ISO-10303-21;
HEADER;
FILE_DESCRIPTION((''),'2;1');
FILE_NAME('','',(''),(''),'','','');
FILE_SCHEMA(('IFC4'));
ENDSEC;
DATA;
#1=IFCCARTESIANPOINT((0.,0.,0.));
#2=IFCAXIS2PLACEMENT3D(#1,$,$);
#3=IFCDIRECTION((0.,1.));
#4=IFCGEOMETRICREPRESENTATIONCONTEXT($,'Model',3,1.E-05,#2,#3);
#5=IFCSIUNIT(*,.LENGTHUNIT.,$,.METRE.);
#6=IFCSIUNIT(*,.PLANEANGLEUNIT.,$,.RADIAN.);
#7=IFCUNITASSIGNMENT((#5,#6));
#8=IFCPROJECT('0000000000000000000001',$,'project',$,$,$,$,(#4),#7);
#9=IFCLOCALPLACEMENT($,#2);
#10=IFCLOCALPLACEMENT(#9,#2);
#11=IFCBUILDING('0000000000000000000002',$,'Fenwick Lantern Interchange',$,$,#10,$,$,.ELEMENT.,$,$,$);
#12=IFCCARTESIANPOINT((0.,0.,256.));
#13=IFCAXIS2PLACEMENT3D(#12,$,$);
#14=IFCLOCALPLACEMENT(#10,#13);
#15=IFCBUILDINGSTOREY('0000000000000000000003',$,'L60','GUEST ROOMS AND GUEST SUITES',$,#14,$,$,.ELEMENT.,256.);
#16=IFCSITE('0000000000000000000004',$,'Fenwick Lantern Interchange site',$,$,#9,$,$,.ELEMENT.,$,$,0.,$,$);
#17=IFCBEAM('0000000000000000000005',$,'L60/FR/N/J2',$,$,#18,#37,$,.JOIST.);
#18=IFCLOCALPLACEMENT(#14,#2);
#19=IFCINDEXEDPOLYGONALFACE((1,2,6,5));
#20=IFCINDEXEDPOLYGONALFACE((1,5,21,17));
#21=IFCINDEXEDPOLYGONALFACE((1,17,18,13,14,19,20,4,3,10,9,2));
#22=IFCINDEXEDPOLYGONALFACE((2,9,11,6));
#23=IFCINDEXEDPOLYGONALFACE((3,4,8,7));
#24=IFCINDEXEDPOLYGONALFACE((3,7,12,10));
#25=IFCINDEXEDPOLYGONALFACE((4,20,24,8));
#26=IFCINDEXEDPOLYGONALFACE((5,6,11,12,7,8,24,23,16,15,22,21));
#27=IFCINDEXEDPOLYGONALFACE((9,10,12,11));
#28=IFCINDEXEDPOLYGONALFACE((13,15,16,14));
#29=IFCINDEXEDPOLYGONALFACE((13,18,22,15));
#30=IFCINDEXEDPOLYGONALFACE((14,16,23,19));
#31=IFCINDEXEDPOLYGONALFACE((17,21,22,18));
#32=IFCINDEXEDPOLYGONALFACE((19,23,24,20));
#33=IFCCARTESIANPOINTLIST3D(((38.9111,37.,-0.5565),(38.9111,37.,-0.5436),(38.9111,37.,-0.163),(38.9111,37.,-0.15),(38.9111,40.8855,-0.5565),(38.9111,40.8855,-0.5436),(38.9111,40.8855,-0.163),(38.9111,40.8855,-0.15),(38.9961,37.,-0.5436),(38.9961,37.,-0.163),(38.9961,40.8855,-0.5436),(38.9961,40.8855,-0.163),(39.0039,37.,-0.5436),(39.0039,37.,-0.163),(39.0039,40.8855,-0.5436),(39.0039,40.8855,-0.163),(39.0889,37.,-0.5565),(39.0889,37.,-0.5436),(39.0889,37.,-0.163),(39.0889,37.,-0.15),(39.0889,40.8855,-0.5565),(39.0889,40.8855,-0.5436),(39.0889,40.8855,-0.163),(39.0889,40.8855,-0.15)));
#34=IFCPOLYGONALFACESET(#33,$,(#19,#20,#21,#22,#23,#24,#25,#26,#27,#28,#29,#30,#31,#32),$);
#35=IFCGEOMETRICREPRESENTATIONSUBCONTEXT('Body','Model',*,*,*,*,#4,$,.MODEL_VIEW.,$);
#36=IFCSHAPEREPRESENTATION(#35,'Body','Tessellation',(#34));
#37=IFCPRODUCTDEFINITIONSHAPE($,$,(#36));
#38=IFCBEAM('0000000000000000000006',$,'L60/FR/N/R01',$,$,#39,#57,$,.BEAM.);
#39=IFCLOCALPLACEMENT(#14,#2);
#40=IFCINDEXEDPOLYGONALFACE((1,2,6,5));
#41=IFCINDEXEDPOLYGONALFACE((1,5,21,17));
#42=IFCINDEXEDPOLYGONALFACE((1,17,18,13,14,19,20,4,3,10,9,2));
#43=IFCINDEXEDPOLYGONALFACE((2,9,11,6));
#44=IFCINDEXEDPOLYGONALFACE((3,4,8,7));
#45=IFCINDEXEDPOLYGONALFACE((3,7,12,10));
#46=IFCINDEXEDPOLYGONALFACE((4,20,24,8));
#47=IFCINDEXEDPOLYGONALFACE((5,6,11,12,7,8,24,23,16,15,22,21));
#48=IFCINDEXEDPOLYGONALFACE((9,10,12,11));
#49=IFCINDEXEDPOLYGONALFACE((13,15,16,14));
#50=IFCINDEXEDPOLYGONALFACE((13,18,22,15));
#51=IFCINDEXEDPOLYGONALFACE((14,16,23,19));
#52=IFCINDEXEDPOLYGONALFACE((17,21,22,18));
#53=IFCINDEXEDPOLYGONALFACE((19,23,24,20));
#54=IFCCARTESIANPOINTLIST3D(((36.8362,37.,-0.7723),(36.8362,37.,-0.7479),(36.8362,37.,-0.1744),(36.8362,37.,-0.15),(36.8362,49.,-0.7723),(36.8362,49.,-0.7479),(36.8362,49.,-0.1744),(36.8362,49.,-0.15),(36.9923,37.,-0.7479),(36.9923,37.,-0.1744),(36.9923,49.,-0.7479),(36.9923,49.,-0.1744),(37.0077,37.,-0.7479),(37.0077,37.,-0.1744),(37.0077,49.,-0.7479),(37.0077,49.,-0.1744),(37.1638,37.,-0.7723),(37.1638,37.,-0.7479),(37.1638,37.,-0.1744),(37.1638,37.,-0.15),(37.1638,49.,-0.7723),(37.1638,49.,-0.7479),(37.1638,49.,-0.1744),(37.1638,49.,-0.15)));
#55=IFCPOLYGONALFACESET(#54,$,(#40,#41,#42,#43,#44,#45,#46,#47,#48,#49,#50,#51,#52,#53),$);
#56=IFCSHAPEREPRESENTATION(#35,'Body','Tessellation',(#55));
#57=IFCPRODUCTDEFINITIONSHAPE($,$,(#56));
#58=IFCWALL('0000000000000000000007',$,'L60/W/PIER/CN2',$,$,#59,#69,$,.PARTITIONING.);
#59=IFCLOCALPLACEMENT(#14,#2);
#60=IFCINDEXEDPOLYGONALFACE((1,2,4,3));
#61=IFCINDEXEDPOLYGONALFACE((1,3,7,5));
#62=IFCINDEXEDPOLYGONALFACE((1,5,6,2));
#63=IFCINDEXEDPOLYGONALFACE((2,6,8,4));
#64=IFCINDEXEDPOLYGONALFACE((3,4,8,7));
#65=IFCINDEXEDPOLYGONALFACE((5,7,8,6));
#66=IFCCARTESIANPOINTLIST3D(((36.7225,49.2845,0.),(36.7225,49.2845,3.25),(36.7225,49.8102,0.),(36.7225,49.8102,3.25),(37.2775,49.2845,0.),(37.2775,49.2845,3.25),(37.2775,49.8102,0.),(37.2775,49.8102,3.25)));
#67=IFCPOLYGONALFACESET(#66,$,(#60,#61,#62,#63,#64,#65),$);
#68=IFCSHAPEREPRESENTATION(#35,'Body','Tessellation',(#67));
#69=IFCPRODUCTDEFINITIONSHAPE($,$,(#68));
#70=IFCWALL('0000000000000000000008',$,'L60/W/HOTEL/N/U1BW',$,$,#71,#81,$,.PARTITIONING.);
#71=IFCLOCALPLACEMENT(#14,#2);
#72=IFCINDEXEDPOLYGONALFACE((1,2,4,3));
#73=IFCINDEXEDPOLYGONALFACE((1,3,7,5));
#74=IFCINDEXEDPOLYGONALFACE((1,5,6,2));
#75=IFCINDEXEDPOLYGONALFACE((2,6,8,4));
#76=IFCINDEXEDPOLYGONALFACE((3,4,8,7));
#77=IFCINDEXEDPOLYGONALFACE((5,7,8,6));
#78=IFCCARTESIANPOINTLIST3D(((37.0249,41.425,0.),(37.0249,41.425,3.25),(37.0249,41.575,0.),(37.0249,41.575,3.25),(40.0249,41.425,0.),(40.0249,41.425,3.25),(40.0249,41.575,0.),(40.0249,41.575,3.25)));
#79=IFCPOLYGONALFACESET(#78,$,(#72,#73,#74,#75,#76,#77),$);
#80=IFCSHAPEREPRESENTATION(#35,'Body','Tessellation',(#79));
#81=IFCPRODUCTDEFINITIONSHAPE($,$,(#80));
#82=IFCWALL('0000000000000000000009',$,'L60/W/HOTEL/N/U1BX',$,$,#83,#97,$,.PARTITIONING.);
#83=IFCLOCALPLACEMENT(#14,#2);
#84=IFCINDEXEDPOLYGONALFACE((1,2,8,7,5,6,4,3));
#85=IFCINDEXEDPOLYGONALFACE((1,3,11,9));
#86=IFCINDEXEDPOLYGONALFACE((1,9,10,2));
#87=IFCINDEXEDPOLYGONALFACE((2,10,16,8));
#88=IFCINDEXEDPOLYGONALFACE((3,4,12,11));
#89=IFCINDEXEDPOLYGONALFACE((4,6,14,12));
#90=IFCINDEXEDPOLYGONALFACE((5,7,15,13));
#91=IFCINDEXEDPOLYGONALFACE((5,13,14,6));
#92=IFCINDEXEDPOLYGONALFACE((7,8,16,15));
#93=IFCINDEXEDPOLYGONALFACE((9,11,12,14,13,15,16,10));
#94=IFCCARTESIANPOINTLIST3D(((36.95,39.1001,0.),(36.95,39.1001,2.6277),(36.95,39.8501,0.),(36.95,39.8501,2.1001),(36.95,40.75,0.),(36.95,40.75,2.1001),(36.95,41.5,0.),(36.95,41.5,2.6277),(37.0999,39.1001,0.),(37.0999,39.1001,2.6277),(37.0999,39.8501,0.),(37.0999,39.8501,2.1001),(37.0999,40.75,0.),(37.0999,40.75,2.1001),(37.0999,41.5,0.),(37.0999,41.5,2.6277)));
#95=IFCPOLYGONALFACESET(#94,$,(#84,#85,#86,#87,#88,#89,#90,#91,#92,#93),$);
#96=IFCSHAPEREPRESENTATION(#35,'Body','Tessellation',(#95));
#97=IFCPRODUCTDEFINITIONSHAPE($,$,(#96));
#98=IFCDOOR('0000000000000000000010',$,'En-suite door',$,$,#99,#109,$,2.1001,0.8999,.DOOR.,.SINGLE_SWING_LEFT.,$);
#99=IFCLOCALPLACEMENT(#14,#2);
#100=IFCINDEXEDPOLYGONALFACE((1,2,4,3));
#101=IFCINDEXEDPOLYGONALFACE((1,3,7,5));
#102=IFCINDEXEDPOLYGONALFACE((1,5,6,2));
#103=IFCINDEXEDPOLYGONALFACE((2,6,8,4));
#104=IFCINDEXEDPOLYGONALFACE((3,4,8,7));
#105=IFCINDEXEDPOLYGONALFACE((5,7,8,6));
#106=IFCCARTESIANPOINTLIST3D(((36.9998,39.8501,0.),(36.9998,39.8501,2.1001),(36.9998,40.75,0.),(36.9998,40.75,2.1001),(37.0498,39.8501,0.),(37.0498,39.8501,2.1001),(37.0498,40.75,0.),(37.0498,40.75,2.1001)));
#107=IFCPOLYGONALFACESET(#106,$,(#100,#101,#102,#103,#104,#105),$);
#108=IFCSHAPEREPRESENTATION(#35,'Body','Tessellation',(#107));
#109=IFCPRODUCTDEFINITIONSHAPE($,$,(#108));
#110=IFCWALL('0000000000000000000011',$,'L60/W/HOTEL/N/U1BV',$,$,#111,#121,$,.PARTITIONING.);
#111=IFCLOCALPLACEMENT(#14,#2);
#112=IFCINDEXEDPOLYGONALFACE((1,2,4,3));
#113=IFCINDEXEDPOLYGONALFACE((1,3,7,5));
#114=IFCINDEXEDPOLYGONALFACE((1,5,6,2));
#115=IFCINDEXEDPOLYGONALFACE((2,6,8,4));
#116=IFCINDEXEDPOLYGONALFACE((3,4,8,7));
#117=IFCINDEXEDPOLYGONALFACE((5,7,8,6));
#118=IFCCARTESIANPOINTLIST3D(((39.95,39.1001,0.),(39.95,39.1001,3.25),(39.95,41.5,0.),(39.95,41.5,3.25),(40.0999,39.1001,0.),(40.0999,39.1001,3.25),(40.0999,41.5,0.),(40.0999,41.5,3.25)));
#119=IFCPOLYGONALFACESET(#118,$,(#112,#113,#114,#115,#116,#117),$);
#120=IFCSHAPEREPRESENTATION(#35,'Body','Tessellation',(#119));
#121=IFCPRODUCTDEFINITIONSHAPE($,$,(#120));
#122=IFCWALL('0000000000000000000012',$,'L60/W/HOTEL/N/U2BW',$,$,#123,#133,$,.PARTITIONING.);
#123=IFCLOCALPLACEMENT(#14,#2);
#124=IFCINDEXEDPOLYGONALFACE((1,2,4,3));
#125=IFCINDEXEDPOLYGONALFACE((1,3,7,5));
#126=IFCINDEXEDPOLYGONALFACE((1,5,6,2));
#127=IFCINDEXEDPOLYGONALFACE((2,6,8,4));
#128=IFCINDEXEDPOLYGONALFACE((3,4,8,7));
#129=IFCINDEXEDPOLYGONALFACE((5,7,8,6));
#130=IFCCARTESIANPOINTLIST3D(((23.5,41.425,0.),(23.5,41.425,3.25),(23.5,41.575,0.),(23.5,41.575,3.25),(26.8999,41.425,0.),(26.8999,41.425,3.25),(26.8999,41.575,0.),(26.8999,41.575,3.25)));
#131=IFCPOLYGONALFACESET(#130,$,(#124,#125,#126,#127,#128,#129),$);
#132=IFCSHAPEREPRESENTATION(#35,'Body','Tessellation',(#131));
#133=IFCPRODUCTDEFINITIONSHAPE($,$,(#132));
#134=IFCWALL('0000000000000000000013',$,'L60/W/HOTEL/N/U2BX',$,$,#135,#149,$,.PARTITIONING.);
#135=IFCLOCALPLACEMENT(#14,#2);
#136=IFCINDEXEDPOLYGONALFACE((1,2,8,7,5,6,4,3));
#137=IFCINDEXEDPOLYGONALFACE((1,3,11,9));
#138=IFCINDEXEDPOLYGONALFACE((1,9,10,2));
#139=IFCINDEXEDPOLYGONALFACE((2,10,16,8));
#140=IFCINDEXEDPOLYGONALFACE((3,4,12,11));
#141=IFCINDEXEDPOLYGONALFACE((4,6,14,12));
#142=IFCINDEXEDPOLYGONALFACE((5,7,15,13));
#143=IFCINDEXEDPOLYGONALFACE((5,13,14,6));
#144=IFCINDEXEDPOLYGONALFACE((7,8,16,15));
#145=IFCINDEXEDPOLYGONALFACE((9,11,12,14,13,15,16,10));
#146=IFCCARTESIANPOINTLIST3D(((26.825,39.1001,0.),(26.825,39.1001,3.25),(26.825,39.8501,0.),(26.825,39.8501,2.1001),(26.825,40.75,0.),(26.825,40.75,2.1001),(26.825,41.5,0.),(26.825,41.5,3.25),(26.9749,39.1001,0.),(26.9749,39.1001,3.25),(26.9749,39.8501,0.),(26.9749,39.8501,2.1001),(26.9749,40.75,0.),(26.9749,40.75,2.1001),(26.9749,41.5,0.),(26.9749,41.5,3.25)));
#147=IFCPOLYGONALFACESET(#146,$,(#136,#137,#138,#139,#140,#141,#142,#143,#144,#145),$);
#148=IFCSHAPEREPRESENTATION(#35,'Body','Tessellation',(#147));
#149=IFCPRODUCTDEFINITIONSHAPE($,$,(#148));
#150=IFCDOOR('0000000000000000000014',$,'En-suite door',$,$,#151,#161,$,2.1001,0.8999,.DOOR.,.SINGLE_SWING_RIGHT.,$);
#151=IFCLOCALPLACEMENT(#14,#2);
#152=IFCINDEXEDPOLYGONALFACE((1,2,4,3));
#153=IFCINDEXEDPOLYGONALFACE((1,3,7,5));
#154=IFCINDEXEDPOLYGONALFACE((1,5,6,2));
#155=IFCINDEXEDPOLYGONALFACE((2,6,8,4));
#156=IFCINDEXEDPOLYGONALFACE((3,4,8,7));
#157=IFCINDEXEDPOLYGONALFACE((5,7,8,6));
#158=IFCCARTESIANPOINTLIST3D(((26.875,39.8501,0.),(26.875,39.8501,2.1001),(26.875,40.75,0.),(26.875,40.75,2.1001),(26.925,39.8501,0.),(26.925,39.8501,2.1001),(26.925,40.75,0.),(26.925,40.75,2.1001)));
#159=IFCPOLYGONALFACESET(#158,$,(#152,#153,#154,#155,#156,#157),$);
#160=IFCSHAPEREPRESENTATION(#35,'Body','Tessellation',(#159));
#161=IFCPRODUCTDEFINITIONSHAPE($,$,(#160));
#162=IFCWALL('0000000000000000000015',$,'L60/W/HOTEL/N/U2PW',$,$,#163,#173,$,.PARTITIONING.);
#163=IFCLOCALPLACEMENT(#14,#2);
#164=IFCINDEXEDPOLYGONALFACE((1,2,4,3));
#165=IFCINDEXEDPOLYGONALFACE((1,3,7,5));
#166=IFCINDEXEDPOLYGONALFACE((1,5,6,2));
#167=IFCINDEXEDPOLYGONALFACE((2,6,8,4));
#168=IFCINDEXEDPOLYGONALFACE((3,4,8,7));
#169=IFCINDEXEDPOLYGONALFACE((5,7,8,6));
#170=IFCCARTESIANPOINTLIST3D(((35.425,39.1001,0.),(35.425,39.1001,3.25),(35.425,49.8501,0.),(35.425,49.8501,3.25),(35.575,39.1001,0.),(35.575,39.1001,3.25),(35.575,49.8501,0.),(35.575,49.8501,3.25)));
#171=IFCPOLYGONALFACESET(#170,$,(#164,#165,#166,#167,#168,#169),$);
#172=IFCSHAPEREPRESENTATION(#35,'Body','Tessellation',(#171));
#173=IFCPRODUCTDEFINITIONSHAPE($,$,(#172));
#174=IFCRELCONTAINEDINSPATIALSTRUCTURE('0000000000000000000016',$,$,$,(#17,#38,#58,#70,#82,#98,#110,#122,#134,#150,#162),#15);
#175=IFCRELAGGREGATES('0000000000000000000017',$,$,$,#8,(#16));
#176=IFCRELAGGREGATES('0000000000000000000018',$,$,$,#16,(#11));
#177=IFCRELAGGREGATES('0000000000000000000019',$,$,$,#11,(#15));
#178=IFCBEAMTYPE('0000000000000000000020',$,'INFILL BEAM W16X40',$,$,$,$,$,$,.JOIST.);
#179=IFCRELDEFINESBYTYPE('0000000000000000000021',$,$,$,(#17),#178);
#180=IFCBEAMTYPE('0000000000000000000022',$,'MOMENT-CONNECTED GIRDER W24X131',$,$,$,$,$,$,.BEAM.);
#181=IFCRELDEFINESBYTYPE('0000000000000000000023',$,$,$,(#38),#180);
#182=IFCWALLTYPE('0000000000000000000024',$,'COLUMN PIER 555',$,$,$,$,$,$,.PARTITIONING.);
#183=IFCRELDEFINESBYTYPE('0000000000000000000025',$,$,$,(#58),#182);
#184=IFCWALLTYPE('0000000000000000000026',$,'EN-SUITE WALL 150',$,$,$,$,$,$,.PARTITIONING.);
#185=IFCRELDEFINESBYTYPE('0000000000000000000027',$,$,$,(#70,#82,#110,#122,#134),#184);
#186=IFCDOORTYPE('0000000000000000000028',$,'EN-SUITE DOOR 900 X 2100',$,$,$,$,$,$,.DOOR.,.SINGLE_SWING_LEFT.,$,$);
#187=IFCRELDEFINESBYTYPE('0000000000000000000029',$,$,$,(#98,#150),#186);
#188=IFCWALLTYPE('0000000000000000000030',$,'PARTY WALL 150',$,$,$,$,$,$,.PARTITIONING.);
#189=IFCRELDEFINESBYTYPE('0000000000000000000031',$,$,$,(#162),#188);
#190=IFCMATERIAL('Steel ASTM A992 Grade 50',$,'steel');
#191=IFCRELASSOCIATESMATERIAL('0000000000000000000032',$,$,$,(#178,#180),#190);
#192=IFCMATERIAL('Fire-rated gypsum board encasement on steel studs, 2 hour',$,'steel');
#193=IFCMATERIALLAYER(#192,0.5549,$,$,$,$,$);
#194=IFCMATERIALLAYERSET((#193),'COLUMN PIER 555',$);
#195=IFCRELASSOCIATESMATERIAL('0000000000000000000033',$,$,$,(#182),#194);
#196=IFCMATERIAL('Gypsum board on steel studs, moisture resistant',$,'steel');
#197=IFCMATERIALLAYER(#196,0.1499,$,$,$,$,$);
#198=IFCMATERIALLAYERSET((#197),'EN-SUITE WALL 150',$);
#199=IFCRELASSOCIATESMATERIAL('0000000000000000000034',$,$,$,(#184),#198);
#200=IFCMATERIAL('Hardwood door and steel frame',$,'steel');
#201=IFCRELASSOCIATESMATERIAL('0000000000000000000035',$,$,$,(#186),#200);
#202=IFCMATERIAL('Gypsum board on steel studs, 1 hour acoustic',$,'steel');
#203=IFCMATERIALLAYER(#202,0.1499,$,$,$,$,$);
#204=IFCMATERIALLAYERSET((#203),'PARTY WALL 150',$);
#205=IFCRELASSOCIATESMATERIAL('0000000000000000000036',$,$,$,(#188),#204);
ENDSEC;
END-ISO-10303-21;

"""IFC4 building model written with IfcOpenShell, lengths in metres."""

from ifc_helpers import new_model, si_unit, direction, frame, frame_2d, origin, origin_2d, place, context, subcontext, project, spatial, rectangle, i_section, extrude, material, layer, layer_set, material_profile, profile_set, type_object, element, fill, save


model = new_model("IFC4")

# Units and contexts
model_context = context("Model", 3, precision=1e-05, world=origin(), true_north=direction((0.0, 1.0)))
body_context = subcontext(model_context, "Body", "Model", "MODEL_VIEW")
ifc_project = project(units=[si_unit("LENGTHUNIT", "METRE"), si_unit("PLANEANGLEUNIT", "RADIAN")], contexts=[model_context])

# Site, building, storey
site_placement = place(None, origin())
site = spatial("IfcSite", under=ifc_project, at=site_placement, Name="Fenwick Lantern Interchange site", CompositionType="ELEMENT", RefElevation=0.0)
building_placement = place(site_placement, origin())
building = spatial("IfcBuilding", under=site, at=building_placement, Name="Fenwick Lantern Interchange", CompositionType="ELEMENT")
storey_placement = place(building_placement, frame((0.0, 0.0, 256.0)))
storey = spatial("IfcBuildingStorey", under=building, at=storey_placement, Name="L60", Description="GUEST ROOMS AND GUEST SUITES", CompositionType="ELEMENT", Elevation=256.0)

# Shared definitions
ifc_material_1 = material(Name="Steel ASTM A992 Grade 50", Category="steel")

# Beams
ifc_material_profile_1 = material_profile(ifc_material_1, i_section(OverallWidth=0.1777, OverallDepth=0.4065, WebThickness=0.0078, FlangeThickness=0.0129, at=origin_2d()), Name="W16X40")
ifc_profile_set_1 = profile_set([ifc_material_profile_1], Name="Steel ASTM A992 Grade 50")
beam_type_1 = type_object("IfcBeamType", Name="INFILL BEAM W16X40", PredefinedType="JOIST", material=ifc_profile_set_1)
beam_1_placement = place(storey_placement, frame((39.0, 40.8855, -0.3533), z_axis=(0.0, -1.0, 0.0), x_axis=(1.0, 0.0, 0.0)))
element("IfcBeam", 1, at=beam_1_placement, inside=storey, type_object=beam_type_1, Name="L60/FR/N/J2", PredefinedType="JOIST", context=body_context, shape_type="SweptSolid", body=[
    extrude(i_section(OverallWidth=0.1777, OverallDepth=0.4065, WebThickness=0.0078, FlangeThickness=0.0129, at=origin_2d()), origin(), (0.0, 0.0, 1.0), 3.8855),
])
ifc_material_profile_2 = material_profile(ifc_material_1, i_section(OverallWidth=0.3276, OverallDepth=0.6223, WebThickness=0.0154, FlangeThickness=0.0244, at=origin_2d()), Name="W24X131")
ifc_profile_set_2 = profile_set([ifc_material_profile_2], Name="Steel ASTM A992 Grade 50")
beam_type_2 = type_object("IfcBeamType", Name="MOMENT-CONNECTED GIRDER W24X131", PredefinedType="BEAM", material=ifc_profile_set_2)
beam_2_placement = place(storey_placement, frame((37.0, 49.0, -0.4612), z_axis=(0.0, -1.0, 0.0), x_axis=(1.0, 0.0, 0.0)))
element("IfcBeam", 2, at=beam_2_placement, inside=storey, type_object=beam_type_2, Name="L60/FR/N/R01", PredefinedType="BEAM", context=body_context, shape_type="SweptSolid", body=[
    extrude(i_section(OverallWidth=0.3276, OverallDepth=0.6223, WebThickness=0.0154, FlangeThickness=0.0244, at=origin_2d()), origin(), (0.0, 0.0, 1.0), 12.0),
])

# Walls
ifc_material_2 = material(Name="Fire-rated gypsum board encasement on steel studs, 2 hour", Category="steel")
ifc_layer_1 = layer(ifc_material_2, 0.5549)
ifc_layer_set_1 = layer_set([ifc_layer_1], Name="COLUMN PIER 555")
wall_type_1 = type_object("IfcWallType", Name="COLUMN PIER 555", PredefinedType="PARTITIONING", material=ifc_layer_set_1)
wall_1_placement = place(storey_placement, frame((37.0, 49.8101, 0.0), z_axis=(0.0, 0.0, 1.0), x_axis=(0.0, -1.0, 0.0)))
element("IfcWall", 3, at=wall_1_placement, inside=storey, type_object=wall_type_1, Name="L60/W/PIER/CN2", PredefinedType="PARTITIONING", context=body_context, shape_type="SweptSolid", body=[
    extrude(rectangle(XDim=0.5256, YDim=0.5549, at=frame_2d((0.2627, 0.0))), origin(), (0.0, 0.0, 1.0), 3.25),
])
ifc_material_3 = material(Name="Gypsum board on steel studs, moisture resistant", Category="steel")
ifc_layer_2 = layer(ifc_material_3, 0.1499)
ifc_layer_set_2 = layer_set([ifc_layer_2], Name="EN-SUITE WALL 150")
wall_type_2 = type_object("IfcWallType", Name="EN-SUITE WALL 150", PredefinedType="PARTITIONING", material=ifc_layer_set_2)
wall_2_placement = place(storey_placement, frame((40.0249, 41.5, 0.0), z_axis=(0.0, 0.0, 1.0), x_axis=(-1.0, 0.0, 0.0)))
element("IfcWall", 4, at=wall_2_placement, inside=storey, type_object=wall_type_2, Name="L60/W/HOTEL/N/U1BW", PredefinedType="PARTITIONING", context=body_context, shape_type="SweptSolid", body=[
    extrude(rectangle(XDim=3.0, YDim=0.1499, at=frame_2d((1.5, 0.0))), origin(), (0.0, 0.0, 1.0), 3.25),
])

# Wall, opening, door
wall_3_placement = place(storey_placement, frame((37.0249, 41.5, 0.0), z_axis=(0.0, 0.0, 1.0), x_axis=(0.0, -1.0, 0.0)))
wall_3 = element("IfcWall", 5, at=wall_3_placement, inside=storey, type_object=wall_type_2, Name="L60/W/HOTEL/N/U1BX", PredefinedType="PARTITIONING", context=body_context, shape_type="SweptSolid", body=[
    extrude(rectangle(XDim=2.3999, YDim=0.1499, at=frame_2d((1.2, 0.0))), origin(), (0.0, 0.0, 1.0), 2.6277),
])
opening_1_placement = place(wall_3_placement, frame((0.75, 0.0, 0.0)))
opening_1 = element("IfcOpeningElement", 6, at=opening_1_placement, cuts=wall_3, PredefinedType="OPENING", context=body_context, shape_type="SweptSolid", body=[
    extrude(rectangle(XDim=0.8999, YDim=2.1001, at=frame_2d((0.45, 1.05))), frame((0.0, 0.085, 0.0), z_axis=(0.0, -1.0, 0.0), x_axis=(1.0, 0.0, 0.0)), (0.0, 0.0, 1.0), 0.1699),
])
ifc_material_4 = material(Name="Hardwood door and steel frame", Category="steel")
door_type = type_object("IfcDoorType", Name="EN-SUITE DOOR 900 X 2100", OperationType="SINGLE_SWING_LEFT", PredefinedType="DOOR", material=ifc_material_4)
door_1_placement = place(opening_1_placement, origin())
door_1 = element("IfcDoor", 7, at=door_1_placement, inside=storey, type_object=door_type, Name="En-suite door", OperationType="SINGLE_SWING_LEFT", OverallHeight=2.1001, OverallWidth=0.8999, PredefinedType="DOOR", context=body_context, shape_type="SweptSolid", body=[
    extrude(rectangle(XDim=0.8999, YDim=2.1001, at=frame_2d((0.45, 1.05))), frame((0.0, 0.0249, 0.0), z_axis=(0.0, -1.0, 0.0), x_axis=(1.0, 0.0, 0.0)), (0.0, 0.0, 1.0), 0.05),
])
fill(opening_1, door_1)

# Walls
wall_4_placement = place(storey_placement, frame((40.0249, 41.5, 0.0), z_axis=(0.0, 0.0, 1.0), x_axis=(0.0, -1.0, 0.0)))
element("IfcWall", 8, at=wall_4_placement, inside=storey, type_object=wall_type_2, Name="L60/W/HOTEL/N/U1BV", PredefinedType="PARTITIONING", context=body_context, shape_type="SweptSolid", body=[
    extrude(rectangle(XDim=2.3999, YDim=0.1499, at=frame_2d((1.2, 0.0))), origin(), (0.0, 0.0, 1.0), 3.25),
])
wall_5_placement = place(storey_placement, frame((26.8999, 41.5, 0.0), z_axis=(0.0, 0.0, 1.0), x_axis=(-1.0, 0.0, 0.0)))
element("IfcWall", 9, at=wall_5_placement, inside=storey, type_object=wall_type_2, Name="L60/W/HOTEL/N/U2BW", PredefinedType="PARTITIONING", context=body_context, shape_type="SweptSolid", body=[
    extrude(rectangle(XDim=3.3999, YDim=0.1499, at=frame_2d((1.7, 0.0))), origin(), (0.0, 0.0, 1.0), 3.25),
])

# Wall, opening, door
wall_6_placement = place(storey_placement, frame((26.8999, 41.5, 0.0), z_axis=(0.0, 0.0, 1.0), x_axis=(0.0, -1.0, 0.0)))
wall_6 = element("IfcWall", 10, at=wall_6_placement, inside=storey, type_object=wall_type_2, Name="L60/W/HOTEL/N/U2BX", PredefinedType="PARTITIONING", context=body_context, shape_type="SweptSolid", body=[
    extrude(rectangle(XDim=2.3999, YDim=0.1499, at=frame_2d((1.2, 0.0))), origin(), (0.0, 0.0, 1.0), 3.25),
])
opening_2_placement = place(wall_6_placement, frame((0.75, 0.0, 0.0)))
opening_2 = element("IfcOpeningElement", 11, at=opening_2_placement, cuts=wall_6, PredefinedType="OPENING", context=body_context, shape_type="SweptSolid", body=[
    extrude(rectangle(XDim=0.8999, YDim=2.1001, at=frame_2d((0.45, 1.05))), frame((0.0, 0.085, 0.0), z_axis=(0.0, -1.0, 0.0), x_axis=(1.0, 0.0, 0.0)), (0.0, 0.0, 1.0), 0.1699),
])
door_2_placement = place(opening_2_placement, frame((0.8999, 0.0, 0.0), z_axis=(0.0, 0.0, 1.0), x_axis=(-1.0, 0.0, 0.0)))
door_2 = element("IfcDoor", 12, at=door_2_placement, inside=storey, type_object=door_type, Name="En-suite door", OperationType="SINGLE_SWING_RIGHT", OverallHeight=2.1001, OverallWidth=0.8999, PredefinedType="DOOR", context=body_context, shape_type="SweptSolid", body=[
    extrude(rectangle(XDim=0.8999, YDim=2.1001, at=frame_2d((0.45, 1.05))), frame((0.0, 0.0249, 0.0), z_axis=(0.0, -1.0, 0.0), x_axis=(1.0, 0.0, 0.0)), (0.0, 0.0, 1.0), 0.05),
])
fill(opening_2, door_2)

# Wall
ifc_material_5 = material(Name="Gypsum board on steel studs, 1 hour acoustic", Category="steel")
ifc_layer_3 = layer(ifc_material_5, 0.1499)
ifc_layer_set_3 = layer_set([ifc_layer_3], Name="PARTY WALL 150")
wall_type_3 = type_object("IfcWallType", Name="PARTY WALL 150", PredefinedType="PARTITIONING", material=ifc_layer_set_3)
wall_7_placement = place(storey_placement, frame((35.5, 49.8501, 0.0), z_axis=(0.0, 0.0, 1.0), x_axis=(0.0, -1.0, 0.0)))
element("IfcWall", 13, at=wall_7_placement, inside=storey, type_object=wall_type_3, Name="L60/W/HOTEL/N/U2PW", PredefinedType="PARTITIONING", context=body_context, shape_type="SweptSolid", body=[
    extrude(rectangle(XDim=10.75, YDim=0.1499, at=frame_2d((5.375, 0.0))), origin(), (0.0, 0.0, 1.0), 3.25),
])

save(model, "model.ifc")
